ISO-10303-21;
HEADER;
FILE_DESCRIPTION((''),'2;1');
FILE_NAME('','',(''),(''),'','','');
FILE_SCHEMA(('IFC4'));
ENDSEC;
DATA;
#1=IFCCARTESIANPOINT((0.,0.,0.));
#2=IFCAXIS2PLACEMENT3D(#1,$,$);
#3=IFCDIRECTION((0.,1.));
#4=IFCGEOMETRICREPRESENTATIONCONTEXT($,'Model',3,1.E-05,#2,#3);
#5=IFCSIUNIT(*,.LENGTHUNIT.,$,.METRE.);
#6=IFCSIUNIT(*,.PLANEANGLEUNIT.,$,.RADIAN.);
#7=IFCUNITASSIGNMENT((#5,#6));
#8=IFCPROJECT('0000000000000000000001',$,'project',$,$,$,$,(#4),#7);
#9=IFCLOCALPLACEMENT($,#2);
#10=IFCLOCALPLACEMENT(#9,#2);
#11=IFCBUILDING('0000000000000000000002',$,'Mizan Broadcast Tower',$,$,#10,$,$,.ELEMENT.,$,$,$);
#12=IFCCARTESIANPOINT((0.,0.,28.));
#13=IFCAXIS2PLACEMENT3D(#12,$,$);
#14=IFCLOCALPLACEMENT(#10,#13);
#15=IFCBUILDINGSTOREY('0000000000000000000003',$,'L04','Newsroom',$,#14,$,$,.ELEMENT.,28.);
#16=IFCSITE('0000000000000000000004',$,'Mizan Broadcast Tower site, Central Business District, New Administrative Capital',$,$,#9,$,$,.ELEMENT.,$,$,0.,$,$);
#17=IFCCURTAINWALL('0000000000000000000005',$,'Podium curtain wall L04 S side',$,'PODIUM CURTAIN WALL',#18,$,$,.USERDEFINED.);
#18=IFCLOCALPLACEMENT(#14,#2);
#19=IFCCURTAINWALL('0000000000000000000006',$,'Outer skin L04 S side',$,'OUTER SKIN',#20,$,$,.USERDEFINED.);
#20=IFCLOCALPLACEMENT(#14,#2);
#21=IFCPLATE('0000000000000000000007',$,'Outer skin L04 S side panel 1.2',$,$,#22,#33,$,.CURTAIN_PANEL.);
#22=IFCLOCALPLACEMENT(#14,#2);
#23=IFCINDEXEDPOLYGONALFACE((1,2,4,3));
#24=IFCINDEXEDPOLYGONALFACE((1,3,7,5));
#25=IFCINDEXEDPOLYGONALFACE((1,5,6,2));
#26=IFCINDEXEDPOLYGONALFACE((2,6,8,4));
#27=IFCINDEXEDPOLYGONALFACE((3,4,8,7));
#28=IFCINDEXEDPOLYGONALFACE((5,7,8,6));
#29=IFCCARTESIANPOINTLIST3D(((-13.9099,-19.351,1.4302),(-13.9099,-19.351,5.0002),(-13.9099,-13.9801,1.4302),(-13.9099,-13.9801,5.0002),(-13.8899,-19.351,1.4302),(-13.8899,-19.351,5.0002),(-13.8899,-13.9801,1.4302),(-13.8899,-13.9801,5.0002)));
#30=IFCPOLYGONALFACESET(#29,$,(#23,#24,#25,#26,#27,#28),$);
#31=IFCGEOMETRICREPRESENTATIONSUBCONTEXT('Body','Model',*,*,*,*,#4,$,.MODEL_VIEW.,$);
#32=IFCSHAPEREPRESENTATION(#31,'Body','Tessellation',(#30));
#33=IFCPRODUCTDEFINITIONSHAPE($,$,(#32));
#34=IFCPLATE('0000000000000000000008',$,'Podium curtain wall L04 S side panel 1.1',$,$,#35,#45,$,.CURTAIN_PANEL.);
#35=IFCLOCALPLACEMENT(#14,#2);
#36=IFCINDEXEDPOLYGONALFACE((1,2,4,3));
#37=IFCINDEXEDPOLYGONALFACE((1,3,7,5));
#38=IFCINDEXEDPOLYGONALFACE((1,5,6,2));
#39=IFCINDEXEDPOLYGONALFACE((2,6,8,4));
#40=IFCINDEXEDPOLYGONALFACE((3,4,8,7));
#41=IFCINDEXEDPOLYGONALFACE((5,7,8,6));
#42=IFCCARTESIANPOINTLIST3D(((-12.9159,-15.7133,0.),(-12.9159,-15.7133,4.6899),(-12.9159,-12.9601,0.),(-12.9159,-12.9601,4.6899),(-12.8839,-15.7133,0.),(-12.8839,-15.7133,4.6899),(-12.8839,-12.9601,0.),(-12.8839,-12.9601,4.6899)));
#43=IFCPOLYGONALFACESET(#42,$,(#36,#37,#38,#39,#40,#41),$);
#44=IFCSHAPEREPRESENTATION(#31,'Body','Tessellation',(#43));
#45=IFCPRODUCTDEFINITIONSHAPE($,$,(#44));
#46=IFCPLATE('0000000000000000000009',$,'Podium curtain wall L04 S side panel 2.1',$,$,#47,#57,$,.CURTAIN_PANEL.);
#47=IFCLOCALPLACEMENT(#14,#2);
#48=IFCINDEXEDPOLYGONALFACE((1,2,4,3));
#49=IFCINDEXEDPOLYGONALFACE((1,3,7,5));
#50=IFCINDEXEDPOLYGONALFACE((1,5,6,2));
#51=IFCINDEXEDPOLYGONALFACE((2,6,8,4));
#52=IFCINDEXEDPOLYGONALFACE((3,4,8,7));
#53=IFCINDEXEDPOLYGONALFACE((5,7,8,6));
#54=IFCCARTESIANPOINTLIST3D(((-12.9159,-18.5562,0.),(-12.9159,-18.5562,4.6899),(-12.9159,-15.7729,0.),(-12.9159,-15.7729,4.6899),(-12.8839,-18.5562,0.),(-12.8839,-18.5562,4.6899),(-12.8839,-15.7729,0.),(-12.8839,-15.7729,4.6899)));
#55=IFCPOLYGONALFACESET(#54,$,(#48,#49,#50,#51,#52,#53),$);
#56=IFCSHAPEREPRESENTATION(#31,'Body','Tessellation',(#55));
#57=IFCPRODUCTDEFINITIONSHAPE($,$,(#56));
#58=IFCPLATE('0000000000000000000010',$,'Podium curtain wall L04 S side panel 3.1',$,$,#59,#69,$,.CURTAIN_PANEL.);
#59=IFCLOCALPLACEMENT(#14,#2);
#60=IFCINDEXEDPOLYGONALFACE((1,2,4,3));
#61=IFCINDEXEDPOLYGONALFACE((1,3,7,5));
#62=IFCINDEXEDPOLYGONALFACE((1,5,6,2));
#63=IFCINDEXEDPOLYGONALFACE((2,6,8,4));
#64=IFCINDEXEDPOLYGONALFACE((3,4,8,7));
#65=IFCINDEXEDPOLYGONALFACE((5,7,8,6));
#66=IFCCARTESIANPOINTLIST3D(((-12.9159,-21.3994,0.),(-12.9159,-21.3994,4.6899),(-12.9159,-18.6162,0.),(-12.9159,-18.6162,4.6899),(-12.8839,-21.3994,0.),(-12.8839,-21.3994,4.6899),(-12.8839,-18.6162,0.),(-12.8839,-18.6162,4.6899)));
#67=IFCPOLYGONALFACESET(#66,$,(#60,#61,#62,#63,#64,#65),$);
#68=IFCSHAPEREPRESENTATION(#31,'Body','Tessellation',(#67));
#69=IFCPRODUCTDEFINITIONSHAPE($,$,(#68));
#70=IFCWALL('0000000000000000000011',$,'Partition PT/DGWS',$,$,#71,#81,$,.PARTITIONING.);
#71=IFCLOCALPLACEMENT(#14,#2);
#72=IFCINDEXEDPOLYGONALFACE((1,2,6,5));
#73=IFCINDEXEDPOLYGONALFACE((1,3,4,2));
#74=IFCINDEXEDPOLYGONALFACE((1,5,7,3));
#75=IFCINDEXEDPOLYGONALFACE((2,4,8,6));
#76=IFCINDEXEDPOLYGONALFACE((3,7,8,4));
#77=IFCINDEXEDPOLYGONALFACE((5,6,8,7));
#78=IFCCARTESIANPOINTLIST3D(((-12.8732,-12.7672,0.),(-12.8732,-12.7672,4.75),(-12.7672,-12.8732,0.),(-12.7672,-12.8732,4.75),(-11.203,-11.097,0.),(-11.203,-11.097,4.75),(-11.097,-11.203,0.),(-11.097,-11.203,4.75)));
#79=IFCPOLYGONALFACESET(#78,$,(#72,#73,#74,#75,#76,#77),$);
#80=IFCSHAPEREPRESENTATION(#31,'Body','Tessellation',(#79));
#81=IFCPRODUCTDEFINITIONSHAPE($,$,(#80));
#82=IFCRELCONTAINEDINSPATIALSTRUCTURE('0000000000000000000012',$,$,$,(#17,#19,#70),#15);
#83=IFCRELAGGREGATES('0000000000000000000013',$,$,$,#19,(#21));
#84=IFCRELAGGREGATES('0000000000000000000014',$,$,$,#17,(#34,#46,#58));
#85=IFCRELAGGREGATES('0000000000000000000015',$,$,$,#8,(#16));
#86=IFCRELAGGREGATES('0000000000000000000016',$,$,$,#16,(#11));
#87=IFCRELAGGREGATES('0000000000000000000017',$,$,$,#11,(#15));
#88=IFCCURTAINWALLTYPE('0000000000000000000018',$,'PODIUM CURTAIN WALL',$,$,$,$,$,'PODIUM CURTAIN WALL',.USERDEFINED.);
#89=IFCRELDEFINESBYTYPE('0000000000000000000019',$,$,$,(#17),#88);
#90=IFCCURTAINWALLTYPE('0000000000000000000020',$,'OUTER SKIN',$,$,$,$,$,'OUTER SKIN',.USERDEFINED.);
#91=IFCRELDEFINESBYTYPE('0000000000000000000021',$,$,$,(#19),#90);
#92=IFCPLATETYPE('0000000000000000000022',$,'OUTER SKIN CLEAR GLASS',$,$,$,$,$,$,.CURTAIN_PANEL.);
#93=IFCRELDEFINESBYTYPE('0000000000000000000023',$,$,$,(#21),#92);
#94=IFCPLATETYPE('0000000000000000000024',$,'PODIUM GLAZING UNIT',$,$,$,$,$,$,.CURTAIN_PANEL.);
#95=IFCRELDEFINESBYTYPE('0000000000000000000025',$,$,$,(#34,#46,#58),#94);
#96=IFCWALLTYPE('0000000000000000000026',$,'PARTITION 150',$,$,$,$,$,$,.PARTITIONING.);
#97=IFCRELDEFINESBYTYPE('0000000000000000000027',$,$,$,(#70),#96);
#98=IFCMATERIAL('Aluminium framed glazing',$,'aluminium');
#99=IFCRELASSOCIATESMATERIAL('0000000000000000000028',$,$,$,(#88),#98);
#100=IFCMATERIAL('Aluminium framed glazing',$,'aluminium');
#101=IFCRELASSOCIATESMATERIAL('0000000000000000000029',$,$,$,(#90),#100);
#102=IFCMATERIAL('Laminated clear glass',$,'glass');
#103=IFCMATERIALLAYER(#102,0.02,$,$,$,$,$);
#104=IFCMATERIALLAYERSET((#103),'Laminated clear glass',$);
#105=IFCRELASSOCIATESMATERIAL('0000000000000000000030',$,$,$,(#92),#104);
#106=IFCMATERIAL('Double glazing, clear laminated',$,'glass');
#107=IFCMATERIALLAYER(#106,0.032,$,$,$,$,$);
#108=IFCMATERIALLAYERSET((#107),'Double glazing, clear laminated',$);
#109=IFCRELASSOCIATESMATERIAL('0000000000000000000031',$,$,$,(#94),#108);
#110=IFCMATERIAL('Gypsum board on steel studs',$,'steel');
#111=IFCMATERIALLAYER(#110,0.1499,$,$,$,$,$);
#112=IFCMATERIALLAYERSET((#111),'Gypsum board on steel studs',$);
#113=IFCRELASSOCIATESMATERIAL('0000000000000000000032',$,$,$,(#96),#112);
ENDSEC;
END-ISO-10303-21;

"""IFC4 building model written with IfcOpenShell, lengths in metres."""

from ifc_helpers import new_model, si_unit, direction, frame, frame_2d, origin, origin_2d, place, context, subcontext, project, spatial, rectangle, extrude, material, layer, layer_set, type_object, element, aggregate, save


model = new_model("IFC4")

# Units and contexts
model_context = context("Model", 3, precision=1e-05, world=origin(), true_north=direction((0.0, 1.0)))
body_context = subcontext(model_context, "Body", "Model", "MODEL_VIEW")
ifc_project = project(units=[si_unit("LENGTHUNIT", "METRE"), si_unit("PLANEANGLEUNIT", "RADIAN")], contexts=[model_context])

# Site, building, storey
site_placement = place(None, origin())
site = spatial("IfcSite", under=ifc_project, at=site_placement, Name="Mizan Broadcast Tower site, Central Business District, New Administrative Capital", CompositionType="ELEMENT", RefElevation=0.0)
building_placement = place(site_placement, origin())
building = spatial("IfcBuilding", under=site, at=building_placement, Name="Mizan Broadcast Tower", CompositionType="ELEMENT")
storey_placement = place(building_placement, frame((0.0, 0.0, 28.0)))
storey = spatial("IfcBuildingStorey", under=building, at=storey_placement, Name="L04", Description="Newsroom", CompositionType="ELEMENT", Elevation=28.0)

# Shared definitions
ifc_material_1 = material(Name="Aluminium framed glazing", Category="aluminium")
curtain_wall_type_1 = type_object("IfcCurtainWallType", Name="PODIUM CURTAIN WALL", ElementType="PODIUM CURTAIN WALL", PredefinedType="USERDEFINED", material=ifc_material_1)

# Curtain wall
curtain_wall_1_placement = place(storey_placement, origin())
curtain_wall_1 = element("IfcCurtainWall", 1, at=curtain_wall_1_placement, inside=storey, type_object=curtain_wall_type_1, Name="Podium curtain wall L04 S side", ObjectType="PODIUM CURTAIN WALL", PredefinedType="USERDEFINED")

# Curtain wall
ifc_material_2 = material(Name="Aluminium framed glazing", Category="aluminium")
curtain_wall_type_2 = type_object("IfcCurtainWallType", Name="OUTER SKIN", ElementType="OUTER SKIN", PredefinedType="USERDEFINED", material=ifc_material_2)
curtain_wall_2_placement = place(storey_placement, origin())
curtain_wall_2 = element("IfcCurtainWall", 2, at=curtain_wall_2_placement, inside=storey, type_object=curtain_wall_type_2, Name="Outer skin L04 S side", ObjectType="OUTER SKIN", PredefinedType="USERDEFINED")

# Plates
ifc_material_3 = material(Name="Laminated clear glass", Category="glass")
ifc_layer_1 = layer(ifc_material_3, 0.02)
ifc_layer_set_1 = layer_set([ifc_layer_1], Name="Laminated clear glass")
plate_type_1 = type_object("IfcPlateType", Name="OUTER SKIN CLEAR GLASS", PredefinedType="CURTAIN_PANEL", material=ifc_layer_set_1)
plate_1_placement = place(storey_placement, frame((-13.8999, -16.6655, 1.4302), z_axis=(0.0, 0.0, 1.0), x_axis=(0.0, -1.0, 0.0)))
plate_1 = element("IfcPlate", 3, at=plate_1_placement, type_object=plate_type_1, Name="Outer skin L04 S side panel 1.2", PredefinedType="CURTAIN_PANEL", context=body_context, shape_type="SweptSolid", body=[
    extrude(rectangle(XDim=5.3708, YDim=0.02, at=origin_2d()), origin(), (0.0, 0.0, 1.0), 3.5701),
])
aggregate(curtain_wall_2, [plate_1])
ifc_material_4 = material(Name="Double glazing, clear laminated", Category="glass")
ifc_layer_2 = layer(ifc_material_4, 0.032)
ifc_layer_set_2 = layer_set([ifc_layer_2], Name="Double glazing, clear laminated")
plate_type_2 = type_object("IfcPlateType", Name="PODIUM GLAZING UNIT", PredefinedType="CURTAIN_PANEL", material=ifc_layer_set_2)
plate_2_placement = place(storey_placement, frame((-12.8999, -14.3367, 0.0), z_axis=(0.0, 0.0, 1.0), x_axis=(0.0, -1.0, 0.0)))
plate_2 = element("IfcPlate", 4, at=plate_2_placement, type_object=plate_type_2, Name="Podium curtain wall L04 S side panel 1.1", PredefinedType="CURTAIN_PANEL", context=body_context, shape_type="SweptSolid", body=[
    extrude(rectangle(XDim=2.7532, YDim=0.032, at=origin_2d()), origin(), (0.0, 0.0, 1.0), 4.6899),
])
plate_3_placement = place(storey_placement, frame((-12.8999, -17.1646, 0.0), z_axis=(0.0, 0.0, 1.0), x_axis=(0.0, -1.0, 0.0)))
plate_3 = element("IfcPlate", 5, at=plate_3_placement, type_object=plate_type_2, Name="Podium curtain wall L04 S side panel 2.1", PredefinedType="CURTAIN_PANEL", context=body_context, shape_type="SweptSolid", body=[
    extrude(rectangle(XDim=2.7832, YDim=0.032, at=origin_2d()), origin(), (0.0, 0.0, 1.0), 4.6899),
])
plate_4_placement = place(storey_placement, frame((-12.8999, -20.0078, 0.0), z_axis=(0.0, 0.0, 1.0), x_axis=(0.0, -1.0, 0.0)))
plate_4 = element("IfcPlate", 6, at=plate_4_placement, type_object=plate_type_2, Name="Podium curtain wall L04 S side panel 3.1", PredefinedType="CURTAIN_PANEL", context=body_context, shape_type="SweptSolid", body=[
    extrude(rectangle(XDim=2.7832, YDim=0.032, at=origin_2d()), origin(), (0.0, 0.0, 1.0), 4.6899),
])
aggregate(curtain_wall_1, [plate_2, plate_3, plate_4])

# Wall
ifc_material_5 = material(Name="Gypsum board on steel studs", Category="steel")
ifc_layer_3 = layer(ifc_material_5, 0.1499)
ifc_layer_set_3 = layer_set([ifc_layer_3], Name="Gypsum board on steel studs")
wall_type = type_object("IfcWallType", Name="PARTITION 150", PredefinedType="PARTITIONING", material=ifc_layer_set_3)
wall_placement = place(storey_placement, frame((-11.1499, -11.1499, 0.0), z_axis=(0.0, 0.0, 1.0), x_axis=(-0.707107, -0.707107, 0.0)))
element("IfcWall", 7, at=wall_placement, inside=storey, type_object=wall_type, Name="Partition PT/DGWS", PredefinedType="PARTITIONING", context=body_context, shape_type="SweptSolid", body=[
    extrude(rectangle(XDim=2.3621, YDim=0.1499, at=frame_2d((1.1812, 0.0))), origin(), (0.0, 0.0, 1.0), 4.75),
])

save(model, "model.ifc")
